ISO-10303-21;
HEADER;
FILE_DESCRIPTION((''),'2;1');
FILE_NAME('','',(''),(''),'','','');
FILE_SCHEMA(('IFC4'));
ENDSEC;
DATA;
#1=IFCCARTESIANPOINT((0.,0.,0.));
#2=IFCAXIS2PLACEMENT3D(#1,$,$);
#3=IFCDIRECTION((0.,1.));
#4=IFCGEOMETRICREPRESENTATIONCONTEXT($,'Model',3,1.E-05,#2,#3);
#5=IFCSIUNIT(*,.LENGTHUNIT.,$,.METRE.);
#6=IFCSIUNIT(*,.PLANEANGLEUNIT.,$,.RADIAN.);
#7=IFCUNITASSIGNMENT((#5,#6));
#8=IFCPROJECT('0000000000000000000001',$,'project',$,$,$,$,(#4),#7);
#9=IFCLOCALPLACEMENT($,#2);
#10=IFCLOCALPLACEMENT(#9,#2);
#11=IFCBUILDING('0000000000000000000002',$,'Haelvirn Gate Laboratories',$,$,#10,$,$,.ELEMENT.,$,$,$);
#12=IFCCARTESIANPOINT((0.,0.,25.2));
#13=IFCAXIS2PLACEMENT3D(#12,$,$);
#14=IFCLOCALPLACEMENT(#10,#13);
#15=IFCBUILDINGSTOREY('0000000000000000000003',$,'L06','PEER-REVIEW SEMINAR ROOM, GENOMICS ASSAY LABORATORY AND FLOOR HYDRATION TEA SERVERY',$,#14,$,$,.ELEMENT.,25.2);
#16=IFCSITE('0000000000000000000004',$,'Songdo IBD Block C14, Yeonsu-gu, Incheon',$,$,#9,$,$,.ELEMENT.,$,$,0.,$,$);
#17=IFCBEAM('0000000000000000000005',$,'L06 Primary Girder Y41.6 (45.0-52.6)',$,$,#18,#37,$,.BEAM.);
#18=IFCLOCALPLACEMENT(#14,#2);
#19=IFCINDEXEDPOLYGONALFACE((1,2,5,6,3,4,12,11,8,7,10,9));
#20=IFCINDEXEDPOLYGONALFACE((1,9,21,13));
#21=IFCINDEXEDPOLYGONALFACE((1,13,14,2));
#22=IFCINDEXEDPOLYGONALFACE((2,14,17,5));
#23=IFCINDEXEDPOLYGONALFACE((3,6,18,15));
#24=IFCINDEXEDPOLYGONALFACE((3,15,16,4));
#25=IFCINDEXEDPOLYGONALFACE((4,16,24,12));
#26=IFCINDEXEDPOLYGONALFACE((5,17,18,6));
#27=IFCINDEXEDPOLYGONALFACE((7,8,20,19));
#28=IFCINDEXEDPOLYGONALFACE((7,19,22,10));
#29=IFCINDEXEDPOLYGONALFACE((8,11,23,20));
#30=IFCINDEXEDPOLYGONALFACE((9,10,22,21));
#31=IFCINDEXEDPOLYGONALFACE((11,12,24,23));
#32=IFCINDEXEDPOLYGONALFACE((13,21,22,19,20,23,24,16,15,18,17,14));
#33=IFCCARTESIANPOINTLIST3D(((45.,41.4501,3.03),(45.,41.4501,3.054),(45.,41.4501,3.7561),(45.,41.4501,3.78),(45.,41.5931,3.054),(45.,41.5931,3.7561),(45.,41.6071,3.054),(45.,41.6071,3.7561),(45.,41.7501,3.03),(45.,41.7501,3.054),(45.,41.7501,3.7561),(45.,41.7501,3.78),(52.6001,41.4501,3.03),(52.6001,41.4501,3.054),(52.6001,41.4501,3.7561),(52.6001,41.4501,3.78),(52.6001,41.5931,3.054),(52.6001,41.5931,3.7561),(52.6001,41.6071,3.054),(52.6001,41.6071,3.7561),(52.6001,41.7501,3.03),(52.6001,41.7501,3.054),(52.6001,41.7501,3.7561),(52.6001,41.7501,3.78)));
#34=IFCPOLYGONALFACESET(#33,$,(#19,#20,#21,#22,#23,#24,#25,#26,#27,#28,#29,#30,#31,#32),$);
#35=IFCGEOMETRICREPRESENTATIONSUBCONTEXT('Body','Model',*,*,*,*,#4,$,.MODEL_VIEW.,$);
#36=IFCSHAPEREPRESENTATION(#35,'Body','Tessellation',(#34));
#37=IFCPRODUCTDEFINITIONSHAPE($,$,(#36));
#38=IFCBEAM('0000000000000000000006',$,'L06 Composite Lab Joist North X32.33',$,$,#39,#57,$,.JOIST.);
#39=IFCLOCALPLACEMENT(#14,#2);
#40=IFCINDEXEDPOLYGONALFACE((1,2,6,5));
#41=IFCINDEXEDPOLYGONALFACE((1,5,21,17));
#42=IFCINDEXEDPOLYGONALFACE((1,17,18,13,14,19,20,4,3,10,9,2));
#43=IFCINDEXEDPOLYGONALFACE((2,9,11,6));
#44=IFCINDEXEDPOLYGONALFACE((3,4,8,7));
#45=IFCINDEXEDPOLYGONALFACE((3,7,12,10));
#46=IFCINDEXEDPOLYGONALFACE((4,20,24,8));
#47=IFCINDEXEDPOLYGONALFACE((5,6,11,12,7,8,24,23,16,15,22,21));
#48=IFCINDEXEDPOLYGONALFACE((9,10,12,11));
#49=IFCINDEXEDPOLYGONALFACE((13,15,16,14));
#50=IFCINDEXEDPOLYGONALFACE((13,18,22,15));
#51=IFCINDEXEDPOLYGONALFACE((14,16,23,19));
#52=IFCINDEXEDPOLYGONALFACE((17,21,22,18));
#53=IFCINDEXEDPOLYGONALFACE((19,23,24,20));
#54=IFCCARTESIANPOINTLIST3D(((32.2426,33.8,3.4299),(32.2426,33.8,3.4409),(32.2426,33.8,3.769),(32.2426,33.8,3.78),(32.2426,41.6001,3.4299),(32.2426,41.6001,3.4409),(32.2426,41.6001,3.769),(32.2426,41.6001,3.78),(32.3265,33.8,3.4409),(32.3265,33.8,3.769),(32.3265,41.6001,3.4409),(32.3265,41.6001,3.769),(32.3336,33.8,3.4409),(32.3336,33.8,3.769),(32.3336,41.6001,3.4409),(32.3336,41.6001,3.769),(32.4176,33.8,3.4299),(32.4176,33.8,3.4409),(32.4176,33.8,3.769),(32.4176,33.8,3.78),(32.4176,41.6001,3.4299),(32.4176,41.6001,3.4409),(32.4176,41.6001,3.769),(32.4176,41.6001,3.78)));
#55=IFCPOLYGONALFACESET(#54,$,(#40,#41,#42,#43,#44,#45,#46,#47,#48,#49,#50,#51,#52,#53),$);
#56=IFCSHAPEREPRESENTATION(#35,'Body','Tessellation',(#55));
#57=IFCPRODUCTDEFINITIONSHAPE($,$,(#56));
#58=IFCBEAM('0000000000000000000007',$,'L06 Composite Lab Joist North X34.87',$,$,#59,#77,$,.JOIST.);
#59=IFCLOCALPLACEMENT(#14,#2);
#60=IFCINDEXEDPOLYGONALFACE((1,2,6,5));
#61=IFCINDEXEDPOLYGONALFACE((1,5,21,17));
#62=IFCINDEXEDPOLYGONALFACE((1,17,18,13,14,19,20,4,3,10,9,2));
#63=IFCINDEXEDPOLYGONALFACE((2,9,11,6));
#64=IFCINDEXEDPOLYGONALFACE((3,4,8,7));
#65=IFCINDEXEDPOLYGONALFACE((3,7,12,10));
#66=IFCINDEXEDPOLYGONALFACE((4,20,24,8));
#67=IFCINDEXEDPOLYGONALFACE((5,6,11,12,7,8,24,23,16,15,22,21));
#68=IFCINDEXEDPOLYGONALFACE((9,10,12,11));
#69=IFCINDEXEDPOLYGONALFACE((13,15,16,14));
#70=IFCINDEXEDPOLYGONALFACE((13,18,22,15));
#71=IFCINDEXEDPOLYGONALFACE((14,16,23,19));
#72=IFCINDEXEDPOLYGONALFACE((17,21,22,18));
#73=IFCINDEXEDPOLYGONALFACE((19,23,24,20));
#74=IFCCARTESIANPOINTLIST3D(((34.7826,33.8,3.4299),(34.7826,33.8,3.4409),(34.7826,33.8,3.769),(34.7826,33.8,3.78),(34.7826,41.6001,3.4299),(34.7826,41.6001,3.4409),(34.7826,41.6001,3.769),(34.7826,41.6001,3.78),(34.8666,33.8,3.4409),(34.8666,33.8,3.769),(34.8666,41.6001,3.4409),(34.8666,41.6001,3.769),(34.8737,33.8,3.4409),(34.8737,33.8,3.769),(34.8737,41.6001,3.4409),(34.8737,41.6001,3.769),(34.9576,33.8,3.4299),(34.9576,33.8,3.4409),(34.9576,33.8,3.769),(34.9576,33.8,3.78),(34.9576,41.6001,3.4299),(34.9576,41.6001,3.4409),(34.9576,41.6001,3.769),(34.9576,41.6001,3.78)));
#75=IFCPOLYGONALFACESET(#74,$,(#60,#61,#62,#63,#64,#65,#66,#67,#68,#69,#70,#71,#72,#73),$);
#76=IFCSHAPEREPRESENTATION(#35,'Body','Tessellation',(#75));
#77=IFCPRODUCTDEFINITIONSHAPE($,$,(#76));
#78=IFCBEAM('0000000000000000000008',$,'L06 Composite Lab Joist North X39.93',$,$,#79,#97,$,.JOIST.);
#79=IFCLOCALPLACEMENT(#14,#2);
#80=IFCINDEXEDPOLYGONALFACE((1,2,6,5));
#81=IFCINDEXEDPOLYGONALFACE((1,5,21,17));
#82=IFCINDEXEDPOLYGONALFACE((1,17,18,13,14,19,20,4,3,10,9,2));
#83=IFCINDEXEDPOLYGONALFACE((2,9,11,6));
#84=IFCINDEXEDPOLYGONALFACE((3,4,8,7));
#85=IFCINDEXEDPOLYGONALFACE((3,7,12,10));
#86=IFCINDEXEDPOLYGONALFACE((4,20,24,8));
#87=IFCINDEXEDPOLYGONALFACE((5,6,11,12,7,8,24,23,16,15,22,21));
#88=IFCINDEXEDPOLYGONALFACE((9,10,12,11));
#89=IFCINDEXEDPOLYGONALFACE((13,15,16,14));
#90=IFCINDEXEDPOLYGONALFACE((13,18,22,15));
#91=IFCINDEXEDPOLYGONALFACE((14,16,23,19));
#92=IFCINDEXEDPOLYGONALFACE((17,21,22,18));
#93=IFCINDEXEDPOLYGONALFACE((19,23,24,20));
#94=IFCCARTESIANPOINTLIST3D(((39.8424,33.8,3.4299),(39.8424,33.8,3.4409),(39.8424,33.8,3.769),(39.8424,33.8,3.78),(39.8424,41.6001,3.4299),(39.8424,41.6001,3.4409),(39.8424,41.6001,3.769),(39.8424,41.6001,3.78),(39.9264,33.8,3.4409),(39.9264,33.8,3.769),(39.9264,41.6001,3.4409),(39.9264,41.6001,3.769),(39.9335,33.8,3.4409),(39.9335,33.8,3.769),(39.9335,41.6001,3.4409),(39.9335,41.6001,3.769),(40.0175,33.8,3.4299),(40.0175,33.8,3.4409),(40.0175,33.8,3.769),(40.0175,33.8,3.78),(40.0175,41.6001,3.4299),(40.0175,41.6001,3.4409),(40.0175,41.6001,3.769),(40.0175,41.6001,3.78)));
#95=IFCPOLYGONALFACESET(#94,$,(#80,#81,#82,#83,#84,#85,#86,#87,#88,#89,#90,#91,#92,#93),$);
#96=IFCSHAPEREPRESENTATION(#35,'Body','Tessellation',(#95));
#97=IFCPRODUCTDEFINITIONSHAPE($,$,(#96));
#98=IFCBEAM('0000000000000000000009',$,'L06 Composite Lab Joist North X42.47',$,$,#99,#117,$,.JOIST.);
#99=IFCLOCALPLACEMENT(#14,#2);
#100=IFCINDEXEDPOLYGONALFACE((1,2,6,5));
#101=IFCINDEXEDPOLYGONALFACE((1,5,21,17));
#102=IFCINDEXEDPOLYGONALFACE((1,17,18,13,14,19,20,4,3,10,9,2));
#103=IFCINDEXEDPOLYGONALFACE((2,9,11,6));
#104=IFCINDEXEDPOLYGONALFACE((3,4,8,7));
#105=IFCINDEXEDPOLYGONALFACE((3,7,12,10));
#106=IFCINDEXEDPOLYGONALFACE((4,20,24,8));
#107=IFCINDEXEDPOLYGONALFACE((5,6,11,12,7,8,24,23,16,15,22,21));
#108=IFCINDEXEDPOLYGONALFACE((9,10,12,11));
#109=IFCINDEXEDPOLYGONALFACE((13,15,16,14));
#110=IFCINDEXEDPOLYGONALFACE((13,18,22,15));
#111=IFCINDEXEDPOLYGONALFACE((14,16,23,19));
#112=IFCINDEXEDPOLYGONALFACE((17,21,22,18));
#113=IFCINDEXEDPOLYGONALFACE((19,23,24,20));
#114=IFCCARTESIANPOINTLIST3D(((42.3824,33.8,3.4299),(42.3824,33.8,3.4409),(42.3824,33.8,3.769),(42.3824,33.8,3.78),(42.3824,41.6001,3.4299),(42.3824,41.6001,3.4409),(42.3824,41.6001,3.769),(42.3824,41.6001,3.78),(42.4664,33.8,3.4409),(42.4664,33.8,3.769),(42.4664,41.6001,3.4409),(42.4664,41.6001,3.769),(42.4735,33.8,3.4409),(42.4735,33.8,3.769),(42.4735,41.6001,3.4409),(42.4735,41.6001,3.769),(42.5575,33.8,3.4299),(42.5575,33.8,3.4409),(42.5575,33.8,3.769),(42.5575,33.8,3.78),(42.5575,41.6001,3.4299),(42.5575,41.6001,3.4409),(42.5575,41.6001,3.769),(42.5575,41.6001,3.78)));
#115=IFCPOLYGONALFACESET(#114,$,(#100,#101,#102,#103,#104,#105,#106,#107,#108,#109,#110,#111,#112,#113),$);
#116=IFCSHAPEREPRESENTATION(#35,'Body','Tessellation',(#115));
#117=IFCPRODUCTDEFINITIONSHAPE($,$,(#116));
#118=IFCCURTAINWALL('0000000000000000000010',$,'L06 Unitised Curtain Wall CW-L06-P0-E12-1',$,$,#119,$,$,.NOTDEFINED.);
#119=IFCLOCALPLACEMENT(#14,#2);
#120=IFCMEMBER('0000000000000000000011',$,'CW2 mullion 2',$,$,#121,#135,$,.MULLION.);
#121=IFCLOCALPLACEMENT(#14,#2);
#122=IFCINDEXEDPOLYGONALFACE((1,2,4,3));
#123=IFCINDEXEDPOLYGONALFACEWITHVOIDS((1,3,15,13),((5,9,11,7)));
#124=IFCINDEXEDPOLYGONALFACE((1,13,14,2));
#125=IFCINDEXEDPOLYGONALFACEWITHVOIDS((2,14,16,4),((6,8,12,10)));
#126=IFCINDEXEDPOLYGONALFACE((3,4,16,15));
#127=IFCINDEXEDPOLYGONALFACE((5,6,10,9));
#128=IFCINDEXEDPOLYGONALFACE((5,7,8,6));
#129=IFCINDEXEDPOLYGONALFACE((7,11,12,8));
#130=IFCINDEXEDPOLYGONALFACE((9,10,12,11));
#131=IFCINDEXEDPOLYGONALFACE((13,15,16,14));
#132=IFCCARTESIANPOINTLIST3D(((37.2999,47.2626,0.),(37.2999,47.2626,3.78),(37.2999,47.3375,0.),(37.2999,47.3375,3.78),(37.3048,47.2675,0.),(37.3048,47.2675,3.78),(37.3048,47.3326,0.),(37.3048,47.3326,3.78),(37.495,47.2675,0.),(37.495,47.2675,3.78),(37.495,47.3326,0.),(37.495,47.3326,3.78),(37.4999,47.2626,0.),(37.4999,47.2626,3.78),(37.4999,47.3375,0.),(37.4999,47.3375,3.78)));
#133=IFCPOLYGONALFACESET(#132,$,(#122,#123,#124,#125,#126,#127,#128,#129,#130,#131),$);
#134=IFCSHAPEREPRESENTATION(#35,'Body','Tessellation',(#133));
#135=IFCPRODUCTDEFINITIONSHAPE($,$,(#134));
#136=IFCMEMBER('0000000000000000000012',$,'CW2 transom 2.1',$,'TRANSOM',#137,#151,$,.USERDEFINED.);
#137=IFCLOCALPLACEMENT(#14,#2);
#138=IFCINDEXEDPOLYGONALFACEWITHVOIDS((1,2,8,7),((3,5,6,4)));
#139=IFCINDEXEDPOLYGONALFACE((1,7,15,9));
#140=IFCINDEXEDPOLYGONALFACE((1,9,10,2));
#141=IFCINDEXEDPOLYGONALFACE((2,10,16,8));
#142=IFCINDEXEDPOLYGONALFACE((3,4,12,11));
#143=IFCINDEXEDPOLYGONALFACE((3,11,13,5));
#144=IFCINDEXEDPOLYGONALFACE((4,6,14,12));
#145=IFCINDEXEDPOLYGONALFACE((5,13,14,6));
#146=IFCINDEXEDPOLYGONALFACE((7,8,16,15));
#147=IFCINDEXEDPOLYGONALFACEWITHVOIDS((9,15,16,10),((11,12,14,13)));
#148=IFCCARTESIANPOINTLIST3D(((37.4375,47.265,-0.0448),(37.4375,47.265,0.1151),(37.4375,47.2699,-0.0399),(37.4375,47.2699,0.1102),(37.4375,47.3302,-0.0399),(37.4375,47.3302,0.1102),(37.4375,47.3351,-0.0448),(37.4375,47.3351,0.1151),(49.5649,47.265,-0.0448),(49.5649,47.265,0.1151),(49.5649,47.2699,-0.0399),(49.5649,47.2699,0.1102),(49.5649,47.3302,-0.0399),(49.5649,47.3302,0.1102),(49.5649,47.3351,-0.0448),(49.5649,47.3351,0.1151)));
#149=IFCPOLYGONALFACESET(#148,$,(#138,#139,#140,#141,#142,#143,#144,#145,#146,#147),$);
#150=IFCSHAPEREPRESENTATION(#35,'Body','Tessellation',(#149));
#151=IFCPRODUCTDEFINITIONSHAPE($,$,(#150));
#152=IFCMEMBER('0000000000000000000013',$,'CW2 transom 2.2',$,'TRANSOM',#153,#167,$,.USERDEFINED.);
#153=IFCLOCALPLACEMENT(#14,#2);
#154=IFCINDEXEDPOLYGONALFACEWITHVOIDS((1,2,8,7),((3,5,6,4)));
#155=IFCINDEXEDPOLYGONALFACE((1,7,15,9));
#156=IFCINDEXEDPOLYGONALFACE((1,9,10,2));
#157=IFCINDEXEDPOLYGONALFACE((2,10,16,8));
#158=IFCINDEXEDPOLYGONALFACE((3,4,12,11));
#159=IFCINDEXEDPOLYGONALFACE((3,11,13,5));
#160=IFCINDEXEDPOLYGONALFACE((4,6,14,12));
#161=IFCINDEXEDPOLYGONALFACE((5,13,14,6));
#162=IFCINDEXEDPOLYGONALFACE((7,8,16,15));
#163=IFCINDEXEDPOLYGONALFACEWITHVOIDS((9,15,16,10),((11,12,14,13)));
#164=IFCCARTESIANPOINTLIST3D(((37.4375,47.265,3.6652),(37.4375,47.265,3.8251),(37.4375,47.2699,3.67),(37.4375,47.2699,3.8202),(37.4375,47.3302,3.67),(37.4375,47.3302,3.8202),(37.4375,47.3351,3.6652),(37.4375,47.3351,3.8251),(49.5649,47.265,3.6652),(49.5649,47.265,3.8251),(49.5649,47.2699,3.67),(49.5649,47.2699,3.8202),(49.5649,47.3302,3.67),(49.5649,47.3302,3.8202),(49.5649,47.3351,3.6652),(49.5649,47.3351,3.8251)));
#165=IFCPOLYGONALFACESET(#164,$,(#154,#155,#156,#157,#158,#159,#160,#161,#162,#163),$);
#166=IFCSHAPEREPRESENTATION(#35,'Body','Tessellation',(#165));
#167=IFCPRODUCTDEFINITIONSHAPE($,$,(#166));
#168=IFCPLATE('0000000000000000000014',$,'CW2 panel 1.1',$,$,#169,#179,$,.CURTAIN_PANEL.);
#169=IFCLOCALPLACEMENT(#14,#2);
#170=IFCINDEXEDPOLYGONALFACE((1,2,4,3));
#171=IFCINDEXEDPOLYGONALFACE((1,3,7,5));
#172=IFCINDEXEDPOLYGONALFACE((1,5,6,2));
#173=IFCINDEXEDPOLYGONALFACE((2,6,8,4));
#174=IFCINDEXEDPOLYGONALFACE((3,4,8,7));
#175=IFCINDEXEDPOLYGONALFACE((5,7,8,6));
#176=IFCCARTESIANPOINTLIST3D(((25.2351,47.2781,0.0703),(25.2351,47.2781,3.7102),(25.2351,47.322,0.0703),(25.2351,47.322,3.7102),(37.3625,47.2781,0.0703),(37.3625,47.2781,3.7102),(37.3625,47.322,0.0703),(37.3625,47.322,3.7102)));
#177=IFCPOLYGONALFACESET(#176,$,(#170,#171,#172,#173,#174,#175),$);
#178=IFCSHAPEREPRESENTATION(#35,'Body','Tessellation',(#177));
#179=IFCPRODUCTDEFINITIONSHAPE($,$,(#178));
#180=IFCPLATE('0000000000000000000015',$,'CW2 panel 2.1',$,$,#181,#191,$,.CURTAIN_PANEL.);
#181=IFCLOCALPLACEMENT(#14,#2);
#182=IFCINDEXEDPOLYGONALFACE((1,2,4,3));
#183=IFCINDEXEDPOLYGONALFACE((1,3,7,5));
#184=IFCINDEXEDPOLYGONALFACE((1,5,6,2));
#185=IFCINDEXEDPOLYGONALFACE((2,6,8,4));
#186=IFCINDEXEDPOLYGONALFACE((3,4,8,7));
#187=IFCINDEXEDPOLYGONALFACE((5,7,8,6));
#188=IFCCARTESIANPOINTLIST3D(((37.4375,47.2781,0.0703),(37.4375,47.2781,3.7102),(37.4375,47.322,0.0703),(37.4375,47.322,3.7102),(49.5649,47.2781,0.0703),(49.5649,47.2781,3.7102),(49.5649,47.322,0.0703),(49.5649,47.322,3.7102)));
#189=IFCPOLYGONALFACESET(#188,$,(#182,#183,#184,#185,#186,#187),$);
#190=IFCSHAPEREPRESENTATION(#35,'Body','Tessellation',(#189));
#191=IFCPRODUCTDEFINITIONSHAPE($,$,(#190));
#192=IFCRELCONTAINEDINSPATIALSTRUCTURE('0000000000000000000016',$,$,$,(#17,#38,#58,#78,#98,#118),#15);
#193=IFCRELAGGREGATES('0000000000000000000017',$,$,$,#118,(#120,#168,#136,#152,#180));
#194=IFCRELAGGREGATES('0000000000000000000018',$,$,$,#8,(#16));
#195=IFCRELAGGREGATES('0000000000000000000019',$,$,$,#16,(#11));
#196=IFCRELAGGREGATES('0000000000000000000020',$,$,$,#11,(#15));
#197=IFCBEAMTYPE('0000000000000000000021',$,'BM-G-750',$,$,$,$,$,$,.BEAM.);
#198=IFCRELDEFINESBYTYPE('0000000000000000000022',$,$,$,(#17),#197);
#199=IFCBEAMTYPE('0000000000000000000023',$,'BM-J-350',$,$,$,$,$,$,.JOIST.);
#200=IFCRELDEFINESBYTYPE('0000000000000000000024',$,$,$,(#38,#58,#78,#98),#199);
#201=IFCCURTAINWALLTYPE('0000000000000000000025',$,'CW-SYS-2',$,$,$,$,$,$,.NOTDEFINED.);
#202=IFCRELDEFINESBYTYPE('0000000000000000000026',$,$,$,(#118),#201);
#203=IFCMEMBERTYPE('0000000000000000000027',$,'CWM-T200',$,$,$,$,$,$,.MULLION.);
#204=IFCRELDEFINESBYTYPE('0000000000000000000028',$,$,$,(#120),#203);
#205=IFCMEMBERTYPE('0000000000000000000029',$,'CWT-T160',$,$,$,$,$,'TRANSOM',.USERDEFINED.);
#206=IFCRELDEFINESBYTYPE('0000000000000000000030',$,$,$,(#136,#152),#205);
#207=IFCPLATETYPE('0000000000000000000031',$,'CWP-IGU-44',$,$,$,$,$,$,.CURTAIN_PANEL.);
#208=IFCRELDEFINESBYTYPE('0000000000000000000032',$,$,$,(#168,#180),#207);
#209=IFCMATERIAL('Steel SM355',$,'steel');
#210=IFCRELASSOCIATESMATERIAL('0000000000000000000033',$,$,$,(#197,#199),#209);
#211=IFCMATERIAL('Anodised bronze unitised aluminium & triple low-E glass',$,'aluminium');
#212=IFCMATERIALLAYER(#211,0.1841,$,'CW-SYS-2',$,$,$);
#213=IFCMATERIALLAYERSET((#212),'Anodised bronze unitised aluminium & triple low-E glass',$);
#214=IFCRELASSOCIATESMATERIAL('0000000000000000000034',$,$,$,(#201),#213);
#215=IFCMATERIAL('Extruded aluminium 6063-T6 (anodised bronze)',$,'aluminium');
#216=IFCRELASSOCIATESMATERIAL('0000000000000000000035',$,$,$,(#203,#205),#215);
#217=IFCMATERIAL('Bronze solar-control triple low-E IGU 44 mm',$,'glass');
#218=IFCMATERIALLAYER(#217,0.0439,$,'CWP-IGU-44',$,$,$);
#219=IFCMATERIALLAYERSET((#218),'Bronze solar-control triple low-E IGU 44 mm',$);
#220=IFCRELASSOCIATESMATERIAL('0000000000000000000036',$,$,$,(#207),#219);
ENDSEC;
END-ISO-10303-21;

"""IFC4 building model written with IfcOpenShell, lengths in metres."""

from ifc_helpers import new_model, si_unit, direction, frame, origin, origin_2d, place, context, subcontext, project, spatial, rectangle, hollow_rectangle, i_section, extrude, source, transform, mapped, material, layer, layer_set, material_profile, profile_set, type_object, type_shapes, element, aggregate, save


model = new_model("IFC4")

# Units and contexts
model_context = context("Model", 3, precision=1e-05, world=origin(), true_north=direction((0.0, 1.0)))
body_context = subcontext(model_context, "Body", "Model", "MODEL_VIEW")
ifc_project = project(units=[si_unit("LENGTHUNIT", "METRE"), si_unit("PLANEANGLEUNIT", "RADIAN")], contexts=[model_context])

# Site, building, storey
site_placement = place(None, origin())
site = spatial("IfcSite", under=ifc_project, at=site_placement, Name="Songdo IBD Block C14, Yeonsu-gu, Incheon", CompositionType="ELEMENT", RefElevation=0.0)
building_placement = place(site_placement, origin())
building = spatial("IfcBuilding", under=site, at=building_placement, Name="Haelvirn Gate Laboratories", CompositionType="ELEMENT")
storey_placement = place(building_placement, frame((0.0, 0.0, 25.2)))
storey = spatial("IfcBuildingStorey", under=building, at=storey_placement, Name="L06", Description="PEER-REVIEW SEMINAR ROOM, GENOMICS ASSAY LABORATORY AND FLOOR HYDRATION TEA SERVERY", CompositionType="ELEMENT", Elevation=25.2)

# Beams
ifc_material_1 = material(Name="Steel SM355", Category="steel")
ifc_material_profile_1 = material_profile(ifc_material_1, i_section(OverallWidth=0.3, OverallDepth=0.75, WebThickness=0.0139, FlangeThickness=0.0239, at=origin_2d()), Name="H-750x300x14x24")
ifc_profile_set_1 = profile_set([ifc_material_profile_1], Name="Steel SM355")
beam_type_1 = type_object("IfcBeamType", Name="BM-G-750", PredefinedType="BEAM", material=ifc_profile_set_1)
shared_shape_1 = source(origin(), body_context, "Body", "SweptSolid", [
    extrude(i_section(OverallWidth=0.3, OverallDepth=0.75, WebThickness=0.0139, FlangeThickness=0.0239, at=origin_2d()), origin(), (0.0, 0.0, 1.0), 7.6001),
])
type_shapes(beam_type_1, [shared_shape_1])
for number, where, z_axis, x_axis, name in (
    (1, (45.0, 41.6001, 3.405), (1.0, 0.0, 0.0), (0.0, 1.0, 0.0), "L06 Primary Girder Y41.6 (45.0-52.6)"),
):
    element("IfcBeam", number, at=place(storey_placement, frame(where, z_axis=z_axis, x_axis=x_axis)), inside=storey, type_object=beam_type_1, Name=name, PredefinedType="BEAM", context=body_context, shape_type="MappedRepresentation", body=[
        mapped(shared_shape_1, transform((0.0, 0.0, 0.0), scale=1.0)),
    ])
ifc_material_profile_2 = material_profile(ifc_material_1, i_section(OverallWidth=0.175, OverallDepth=0.3501, WebThickness=0.0071, FlangeThickness=0.011, at=origin_2d()), Name="H-350x175x7x11")
ifc_profile_set_2 = profile_set([ifc_material_profile_2], Name="Steel SM355")
beam_type_2 = type_object("IfcBeamType", Name="BM-J-350", PredefinedType="JOIST", material=ifc_profile_set_2)
shared_shape_2 = source(origin(), body_context, "Body", "SweptSolid", [
    extrude(i_section(OverallWidth=0.175, OverallDepth=0.3501, WebThickness=0.0071, FlangeThickness=0.011, at=origin_2d()), origin(), (0.0, 0.0, 1.0), 7.8),
])
type_shapes(beam_type_2, [shared_shape_2])
for number, where, z_axis, x_axis, name in (
    (2, (32.3301, 33.8, 3.605), (0.0, 1.0, 0.0), (-1.0, 0.0, 0.0), "L06 Composite Lab Joist North X32.33"),
    (3, (34.8701, 33.8, 3.605), (0.0, 1.0, 0.0), (-1.0, 0.0, 0.0), "L06 Composite Lab Joist North X34.87"),
    (4, (39.9299, 33.8, 3.605), (0.0, 1.0, 0.0), (-1.0, 0.0, 0.0), "L06 Composite Lab Joist North X39.93"),
    (5, (42.47, 33.8, 3.605), (0.0, 1.0, 0.0), (-1.0, 0.0, 0.0), "L06 Composite Lab Joist North X42.47"),
):
    element("IfcBeam", number, at=place(storey_placement, frame(where, z_axis=z_axis, x_axis=x_axis)), inside=storey, type_object=beam_type_2, Name=name, PredefinedType="JOIST", context=body_context, shape_type="MappedRepresentation", body=[
        mapped(shared_shape_2, transform((0.0, 0.0, 0.0), scale=1.0)),
    ])

# Curtain wall, members, plates
ifc_material_2 = material(Name="Anodised bronze unitised aluminium & triple low-E glass", Category="aluminium")
ifc_layer_1 = layer(ifc_material_2, 0.1841, Name="CW-SYS-2")
ifc_layer_set_1 = layer_set([ifc_layer_1], Name="Anodised bronze unitised aluminium & triple low-E glass")
curtain_wall_type = type_object("IfcCurtainWallType", Name="CW-SYS-2", PredefinedType="NOTDEFINED", material=ifc_layer_set_1)
curtain_wall_placement = place(storey_placement, origin())
curtain_wall = element("IfcCurtainWall", 6, at=curtain_wall_placement, inside=storey, type_object=curtain_wall_type, Name="L06 Unitised Curtain Wall CW-L06-P0-E12-1", PredefinedType="NOTDEFINED")
ifc_material_3 = material(Name="Extruded aluminium 6063-T6 (anodised bronze)", Category="aluminium")
ifc_material_profile_3 = material_profile(ifc_material_3, hollow_rectangle(XDim=0.075, YDim=0.2, WallThickness=0.0049, at=origin_2d()), Name="CWM-200x75x5")
ifc_profile_set_3 = profile_set([ifc_material_profile_3], Name="Extruded aluminium 6063-T6 (anodised bronze)")
member_type_1 = type_object("IfcMemberType", Name="CWM-T200", PredefinedType="MULLION", material=ifc_profile_set_3)
shared_shape_3 = source(origin(), body_context, "Body", "SweptSolid", [
    extrude(hollow_rectangle(XDim=0.075, YDim=0.2, WallThickness=0.0049, at=origin_2d()), origin(), (0.0, 0.0, 1.0), 3.78),
])
type_shapes(member_type_1, [shared_shape_3])
member_1_placement = place(storey_placement, frame((37.3999, 47.3, 0.0), z_axis=(0.0, 0.0, 1.0), x_axis=(0.0, 1.0, 0.0)))
member_1 = element("IfcMember", 7, at=member_1_placement, type_object=member_type_1, Name="CW2 mullion 2", PredefinedType="MULLION", context=body_context, shape_type="MappedRepresentation", body=[
    mapped(shared_shape_3, transform((0.0, 0.0, 0.0), scale=1.0)),
])
ifc_material_profile_4 = material_profile(ifc_material_3, hollow_rectangle(XDim=0.0701, YDim=0.1599, WallThickness=0.0049, at=origin_2d()), Name="CWT-160x70x5")
ifc_profile_set_4 = profile_set([ifc_material_profile_4], Name="Extruded aluminium 6063-T6 (anodised bronze)")
member_type_2 = type_object("IfcMemberType", Name="CWT-T160", ElementType="TRANSOM", PredefinedType="USERDEFINED", material=ifc_profile_set_4)
shared_shape_4 = source(origin(), body_context, "Body", "SweptSolid", [
    extrude(hollow_rectangle(XDim=0.0701, YDim=0.1599, WallThickness=0.0049, at=origin_2d()), origin(), (0.0, 0.0, 1.0), 12.1274),
])
type_shapes(member_type_2, [shared_shape_4])
member_2_placement = place(storey_placement, frame((37.4375, 47.3, 0.0352), z_axis=(1.0, 0.0, 0.0), x_axis=(0.0, 1.0, 0.0)))
member_2 = element("IfcMember", 8, at=member_2_placement, type_object=member_type_2, Name="CW2 transom 2.1", ObjectType="TRANSOM", PredefinedType="USERDEFINED", context=body_context, shape_type="MappedRepresentation", body=[
    mapped(shared_shape_4, transform((0.0, 0.0, 0.0), scale=1.0)),
])
member_3_placement = place(storey_placement, frame((37.4375, 47.3, 3.7451), z_axis=(1.0, 0.0, 0.0), x_axis=(0.0, 1.0, 0.0)))
member_3 = element("IfcMember", 9, at=member_3_placement, type_object=member_type_2, Name="CW2 transom 2.2", ObjectType="TRANSOM", PredefinedType="USERDEFINED", context=body_context, shape_type="MappedRepresentation", body=[
    mapped(shared_shape_4, transform((0.0, 0.0, 0.0), scale=1.0)),
])
ifc_material_4 = material(Name="Bronze solar-control triple low-E IGU 44 mm", Category="glass")
ifc_layer_2 = layer(ifc_material_4, 0.0439, Name="CWP-IGU-44")
ifc_layer_set_2 = layer_set([ifc_layer_2], Name="Bronze solar-control triple low-E IGU 44 mm")
plate_type = type_object("IfcPlateType", Name="CWP-IGU-44", PredefinedType="CURTAIN_PANEL", material=ifc_layer_set_2)
shared_shape_5 = source(origin(), body_context, "Body", "SweptSolid", [
    extrude(rectangle(XDim=12.1274, YDim=0.0439, at=origin_2d()), origin(), (0.0, 0.0, 1.0), 3.6399),
])
type_shapes(plate_type, [shared_shape_5])
plate_1_placement = place(storey_placement, frame((31.2988, 47.3, 0.0703), z_axis=(0.0, 0.0, 1.0), x_axis=(1.0, 0.0, 0.0)))
plate_1 = element("IfcPlate", 10, at=plate_1_placement, type_object=plate_type, Name="CW2 panel 1.1", PredefinedType="CURTAIN_PANEL", context=body_context, shape_type="MappedRepresentation", body=[
    mapped(shared_shape_5, transform((0.0, 0.0, 0.0), scale=1.0)),
])
plate_2_placement = place(storey_placement, frame((43.5012, 47.3, 0.0703), z_axis=(0.0, 0.0, 1.0), x_axis=(1.0, 0.0, 0.0)))
plate_2 = element("IfcPlate", 11, at=plate_2_placement, type_object=plate_type, Name="CW2 panel 2.1", PredefinedType="CURTAIN_PANEL", context=body_context, shape_type="MappedRepresentation", body=[
    mapped(shared_shape_5, transform((0.0, 0.0, 0.0), scale=1.0)),
])
aggregate(curtain_wall, [member_1, plate_1, member_2, member_3, plate_2])

save(model, "model.ifc")
